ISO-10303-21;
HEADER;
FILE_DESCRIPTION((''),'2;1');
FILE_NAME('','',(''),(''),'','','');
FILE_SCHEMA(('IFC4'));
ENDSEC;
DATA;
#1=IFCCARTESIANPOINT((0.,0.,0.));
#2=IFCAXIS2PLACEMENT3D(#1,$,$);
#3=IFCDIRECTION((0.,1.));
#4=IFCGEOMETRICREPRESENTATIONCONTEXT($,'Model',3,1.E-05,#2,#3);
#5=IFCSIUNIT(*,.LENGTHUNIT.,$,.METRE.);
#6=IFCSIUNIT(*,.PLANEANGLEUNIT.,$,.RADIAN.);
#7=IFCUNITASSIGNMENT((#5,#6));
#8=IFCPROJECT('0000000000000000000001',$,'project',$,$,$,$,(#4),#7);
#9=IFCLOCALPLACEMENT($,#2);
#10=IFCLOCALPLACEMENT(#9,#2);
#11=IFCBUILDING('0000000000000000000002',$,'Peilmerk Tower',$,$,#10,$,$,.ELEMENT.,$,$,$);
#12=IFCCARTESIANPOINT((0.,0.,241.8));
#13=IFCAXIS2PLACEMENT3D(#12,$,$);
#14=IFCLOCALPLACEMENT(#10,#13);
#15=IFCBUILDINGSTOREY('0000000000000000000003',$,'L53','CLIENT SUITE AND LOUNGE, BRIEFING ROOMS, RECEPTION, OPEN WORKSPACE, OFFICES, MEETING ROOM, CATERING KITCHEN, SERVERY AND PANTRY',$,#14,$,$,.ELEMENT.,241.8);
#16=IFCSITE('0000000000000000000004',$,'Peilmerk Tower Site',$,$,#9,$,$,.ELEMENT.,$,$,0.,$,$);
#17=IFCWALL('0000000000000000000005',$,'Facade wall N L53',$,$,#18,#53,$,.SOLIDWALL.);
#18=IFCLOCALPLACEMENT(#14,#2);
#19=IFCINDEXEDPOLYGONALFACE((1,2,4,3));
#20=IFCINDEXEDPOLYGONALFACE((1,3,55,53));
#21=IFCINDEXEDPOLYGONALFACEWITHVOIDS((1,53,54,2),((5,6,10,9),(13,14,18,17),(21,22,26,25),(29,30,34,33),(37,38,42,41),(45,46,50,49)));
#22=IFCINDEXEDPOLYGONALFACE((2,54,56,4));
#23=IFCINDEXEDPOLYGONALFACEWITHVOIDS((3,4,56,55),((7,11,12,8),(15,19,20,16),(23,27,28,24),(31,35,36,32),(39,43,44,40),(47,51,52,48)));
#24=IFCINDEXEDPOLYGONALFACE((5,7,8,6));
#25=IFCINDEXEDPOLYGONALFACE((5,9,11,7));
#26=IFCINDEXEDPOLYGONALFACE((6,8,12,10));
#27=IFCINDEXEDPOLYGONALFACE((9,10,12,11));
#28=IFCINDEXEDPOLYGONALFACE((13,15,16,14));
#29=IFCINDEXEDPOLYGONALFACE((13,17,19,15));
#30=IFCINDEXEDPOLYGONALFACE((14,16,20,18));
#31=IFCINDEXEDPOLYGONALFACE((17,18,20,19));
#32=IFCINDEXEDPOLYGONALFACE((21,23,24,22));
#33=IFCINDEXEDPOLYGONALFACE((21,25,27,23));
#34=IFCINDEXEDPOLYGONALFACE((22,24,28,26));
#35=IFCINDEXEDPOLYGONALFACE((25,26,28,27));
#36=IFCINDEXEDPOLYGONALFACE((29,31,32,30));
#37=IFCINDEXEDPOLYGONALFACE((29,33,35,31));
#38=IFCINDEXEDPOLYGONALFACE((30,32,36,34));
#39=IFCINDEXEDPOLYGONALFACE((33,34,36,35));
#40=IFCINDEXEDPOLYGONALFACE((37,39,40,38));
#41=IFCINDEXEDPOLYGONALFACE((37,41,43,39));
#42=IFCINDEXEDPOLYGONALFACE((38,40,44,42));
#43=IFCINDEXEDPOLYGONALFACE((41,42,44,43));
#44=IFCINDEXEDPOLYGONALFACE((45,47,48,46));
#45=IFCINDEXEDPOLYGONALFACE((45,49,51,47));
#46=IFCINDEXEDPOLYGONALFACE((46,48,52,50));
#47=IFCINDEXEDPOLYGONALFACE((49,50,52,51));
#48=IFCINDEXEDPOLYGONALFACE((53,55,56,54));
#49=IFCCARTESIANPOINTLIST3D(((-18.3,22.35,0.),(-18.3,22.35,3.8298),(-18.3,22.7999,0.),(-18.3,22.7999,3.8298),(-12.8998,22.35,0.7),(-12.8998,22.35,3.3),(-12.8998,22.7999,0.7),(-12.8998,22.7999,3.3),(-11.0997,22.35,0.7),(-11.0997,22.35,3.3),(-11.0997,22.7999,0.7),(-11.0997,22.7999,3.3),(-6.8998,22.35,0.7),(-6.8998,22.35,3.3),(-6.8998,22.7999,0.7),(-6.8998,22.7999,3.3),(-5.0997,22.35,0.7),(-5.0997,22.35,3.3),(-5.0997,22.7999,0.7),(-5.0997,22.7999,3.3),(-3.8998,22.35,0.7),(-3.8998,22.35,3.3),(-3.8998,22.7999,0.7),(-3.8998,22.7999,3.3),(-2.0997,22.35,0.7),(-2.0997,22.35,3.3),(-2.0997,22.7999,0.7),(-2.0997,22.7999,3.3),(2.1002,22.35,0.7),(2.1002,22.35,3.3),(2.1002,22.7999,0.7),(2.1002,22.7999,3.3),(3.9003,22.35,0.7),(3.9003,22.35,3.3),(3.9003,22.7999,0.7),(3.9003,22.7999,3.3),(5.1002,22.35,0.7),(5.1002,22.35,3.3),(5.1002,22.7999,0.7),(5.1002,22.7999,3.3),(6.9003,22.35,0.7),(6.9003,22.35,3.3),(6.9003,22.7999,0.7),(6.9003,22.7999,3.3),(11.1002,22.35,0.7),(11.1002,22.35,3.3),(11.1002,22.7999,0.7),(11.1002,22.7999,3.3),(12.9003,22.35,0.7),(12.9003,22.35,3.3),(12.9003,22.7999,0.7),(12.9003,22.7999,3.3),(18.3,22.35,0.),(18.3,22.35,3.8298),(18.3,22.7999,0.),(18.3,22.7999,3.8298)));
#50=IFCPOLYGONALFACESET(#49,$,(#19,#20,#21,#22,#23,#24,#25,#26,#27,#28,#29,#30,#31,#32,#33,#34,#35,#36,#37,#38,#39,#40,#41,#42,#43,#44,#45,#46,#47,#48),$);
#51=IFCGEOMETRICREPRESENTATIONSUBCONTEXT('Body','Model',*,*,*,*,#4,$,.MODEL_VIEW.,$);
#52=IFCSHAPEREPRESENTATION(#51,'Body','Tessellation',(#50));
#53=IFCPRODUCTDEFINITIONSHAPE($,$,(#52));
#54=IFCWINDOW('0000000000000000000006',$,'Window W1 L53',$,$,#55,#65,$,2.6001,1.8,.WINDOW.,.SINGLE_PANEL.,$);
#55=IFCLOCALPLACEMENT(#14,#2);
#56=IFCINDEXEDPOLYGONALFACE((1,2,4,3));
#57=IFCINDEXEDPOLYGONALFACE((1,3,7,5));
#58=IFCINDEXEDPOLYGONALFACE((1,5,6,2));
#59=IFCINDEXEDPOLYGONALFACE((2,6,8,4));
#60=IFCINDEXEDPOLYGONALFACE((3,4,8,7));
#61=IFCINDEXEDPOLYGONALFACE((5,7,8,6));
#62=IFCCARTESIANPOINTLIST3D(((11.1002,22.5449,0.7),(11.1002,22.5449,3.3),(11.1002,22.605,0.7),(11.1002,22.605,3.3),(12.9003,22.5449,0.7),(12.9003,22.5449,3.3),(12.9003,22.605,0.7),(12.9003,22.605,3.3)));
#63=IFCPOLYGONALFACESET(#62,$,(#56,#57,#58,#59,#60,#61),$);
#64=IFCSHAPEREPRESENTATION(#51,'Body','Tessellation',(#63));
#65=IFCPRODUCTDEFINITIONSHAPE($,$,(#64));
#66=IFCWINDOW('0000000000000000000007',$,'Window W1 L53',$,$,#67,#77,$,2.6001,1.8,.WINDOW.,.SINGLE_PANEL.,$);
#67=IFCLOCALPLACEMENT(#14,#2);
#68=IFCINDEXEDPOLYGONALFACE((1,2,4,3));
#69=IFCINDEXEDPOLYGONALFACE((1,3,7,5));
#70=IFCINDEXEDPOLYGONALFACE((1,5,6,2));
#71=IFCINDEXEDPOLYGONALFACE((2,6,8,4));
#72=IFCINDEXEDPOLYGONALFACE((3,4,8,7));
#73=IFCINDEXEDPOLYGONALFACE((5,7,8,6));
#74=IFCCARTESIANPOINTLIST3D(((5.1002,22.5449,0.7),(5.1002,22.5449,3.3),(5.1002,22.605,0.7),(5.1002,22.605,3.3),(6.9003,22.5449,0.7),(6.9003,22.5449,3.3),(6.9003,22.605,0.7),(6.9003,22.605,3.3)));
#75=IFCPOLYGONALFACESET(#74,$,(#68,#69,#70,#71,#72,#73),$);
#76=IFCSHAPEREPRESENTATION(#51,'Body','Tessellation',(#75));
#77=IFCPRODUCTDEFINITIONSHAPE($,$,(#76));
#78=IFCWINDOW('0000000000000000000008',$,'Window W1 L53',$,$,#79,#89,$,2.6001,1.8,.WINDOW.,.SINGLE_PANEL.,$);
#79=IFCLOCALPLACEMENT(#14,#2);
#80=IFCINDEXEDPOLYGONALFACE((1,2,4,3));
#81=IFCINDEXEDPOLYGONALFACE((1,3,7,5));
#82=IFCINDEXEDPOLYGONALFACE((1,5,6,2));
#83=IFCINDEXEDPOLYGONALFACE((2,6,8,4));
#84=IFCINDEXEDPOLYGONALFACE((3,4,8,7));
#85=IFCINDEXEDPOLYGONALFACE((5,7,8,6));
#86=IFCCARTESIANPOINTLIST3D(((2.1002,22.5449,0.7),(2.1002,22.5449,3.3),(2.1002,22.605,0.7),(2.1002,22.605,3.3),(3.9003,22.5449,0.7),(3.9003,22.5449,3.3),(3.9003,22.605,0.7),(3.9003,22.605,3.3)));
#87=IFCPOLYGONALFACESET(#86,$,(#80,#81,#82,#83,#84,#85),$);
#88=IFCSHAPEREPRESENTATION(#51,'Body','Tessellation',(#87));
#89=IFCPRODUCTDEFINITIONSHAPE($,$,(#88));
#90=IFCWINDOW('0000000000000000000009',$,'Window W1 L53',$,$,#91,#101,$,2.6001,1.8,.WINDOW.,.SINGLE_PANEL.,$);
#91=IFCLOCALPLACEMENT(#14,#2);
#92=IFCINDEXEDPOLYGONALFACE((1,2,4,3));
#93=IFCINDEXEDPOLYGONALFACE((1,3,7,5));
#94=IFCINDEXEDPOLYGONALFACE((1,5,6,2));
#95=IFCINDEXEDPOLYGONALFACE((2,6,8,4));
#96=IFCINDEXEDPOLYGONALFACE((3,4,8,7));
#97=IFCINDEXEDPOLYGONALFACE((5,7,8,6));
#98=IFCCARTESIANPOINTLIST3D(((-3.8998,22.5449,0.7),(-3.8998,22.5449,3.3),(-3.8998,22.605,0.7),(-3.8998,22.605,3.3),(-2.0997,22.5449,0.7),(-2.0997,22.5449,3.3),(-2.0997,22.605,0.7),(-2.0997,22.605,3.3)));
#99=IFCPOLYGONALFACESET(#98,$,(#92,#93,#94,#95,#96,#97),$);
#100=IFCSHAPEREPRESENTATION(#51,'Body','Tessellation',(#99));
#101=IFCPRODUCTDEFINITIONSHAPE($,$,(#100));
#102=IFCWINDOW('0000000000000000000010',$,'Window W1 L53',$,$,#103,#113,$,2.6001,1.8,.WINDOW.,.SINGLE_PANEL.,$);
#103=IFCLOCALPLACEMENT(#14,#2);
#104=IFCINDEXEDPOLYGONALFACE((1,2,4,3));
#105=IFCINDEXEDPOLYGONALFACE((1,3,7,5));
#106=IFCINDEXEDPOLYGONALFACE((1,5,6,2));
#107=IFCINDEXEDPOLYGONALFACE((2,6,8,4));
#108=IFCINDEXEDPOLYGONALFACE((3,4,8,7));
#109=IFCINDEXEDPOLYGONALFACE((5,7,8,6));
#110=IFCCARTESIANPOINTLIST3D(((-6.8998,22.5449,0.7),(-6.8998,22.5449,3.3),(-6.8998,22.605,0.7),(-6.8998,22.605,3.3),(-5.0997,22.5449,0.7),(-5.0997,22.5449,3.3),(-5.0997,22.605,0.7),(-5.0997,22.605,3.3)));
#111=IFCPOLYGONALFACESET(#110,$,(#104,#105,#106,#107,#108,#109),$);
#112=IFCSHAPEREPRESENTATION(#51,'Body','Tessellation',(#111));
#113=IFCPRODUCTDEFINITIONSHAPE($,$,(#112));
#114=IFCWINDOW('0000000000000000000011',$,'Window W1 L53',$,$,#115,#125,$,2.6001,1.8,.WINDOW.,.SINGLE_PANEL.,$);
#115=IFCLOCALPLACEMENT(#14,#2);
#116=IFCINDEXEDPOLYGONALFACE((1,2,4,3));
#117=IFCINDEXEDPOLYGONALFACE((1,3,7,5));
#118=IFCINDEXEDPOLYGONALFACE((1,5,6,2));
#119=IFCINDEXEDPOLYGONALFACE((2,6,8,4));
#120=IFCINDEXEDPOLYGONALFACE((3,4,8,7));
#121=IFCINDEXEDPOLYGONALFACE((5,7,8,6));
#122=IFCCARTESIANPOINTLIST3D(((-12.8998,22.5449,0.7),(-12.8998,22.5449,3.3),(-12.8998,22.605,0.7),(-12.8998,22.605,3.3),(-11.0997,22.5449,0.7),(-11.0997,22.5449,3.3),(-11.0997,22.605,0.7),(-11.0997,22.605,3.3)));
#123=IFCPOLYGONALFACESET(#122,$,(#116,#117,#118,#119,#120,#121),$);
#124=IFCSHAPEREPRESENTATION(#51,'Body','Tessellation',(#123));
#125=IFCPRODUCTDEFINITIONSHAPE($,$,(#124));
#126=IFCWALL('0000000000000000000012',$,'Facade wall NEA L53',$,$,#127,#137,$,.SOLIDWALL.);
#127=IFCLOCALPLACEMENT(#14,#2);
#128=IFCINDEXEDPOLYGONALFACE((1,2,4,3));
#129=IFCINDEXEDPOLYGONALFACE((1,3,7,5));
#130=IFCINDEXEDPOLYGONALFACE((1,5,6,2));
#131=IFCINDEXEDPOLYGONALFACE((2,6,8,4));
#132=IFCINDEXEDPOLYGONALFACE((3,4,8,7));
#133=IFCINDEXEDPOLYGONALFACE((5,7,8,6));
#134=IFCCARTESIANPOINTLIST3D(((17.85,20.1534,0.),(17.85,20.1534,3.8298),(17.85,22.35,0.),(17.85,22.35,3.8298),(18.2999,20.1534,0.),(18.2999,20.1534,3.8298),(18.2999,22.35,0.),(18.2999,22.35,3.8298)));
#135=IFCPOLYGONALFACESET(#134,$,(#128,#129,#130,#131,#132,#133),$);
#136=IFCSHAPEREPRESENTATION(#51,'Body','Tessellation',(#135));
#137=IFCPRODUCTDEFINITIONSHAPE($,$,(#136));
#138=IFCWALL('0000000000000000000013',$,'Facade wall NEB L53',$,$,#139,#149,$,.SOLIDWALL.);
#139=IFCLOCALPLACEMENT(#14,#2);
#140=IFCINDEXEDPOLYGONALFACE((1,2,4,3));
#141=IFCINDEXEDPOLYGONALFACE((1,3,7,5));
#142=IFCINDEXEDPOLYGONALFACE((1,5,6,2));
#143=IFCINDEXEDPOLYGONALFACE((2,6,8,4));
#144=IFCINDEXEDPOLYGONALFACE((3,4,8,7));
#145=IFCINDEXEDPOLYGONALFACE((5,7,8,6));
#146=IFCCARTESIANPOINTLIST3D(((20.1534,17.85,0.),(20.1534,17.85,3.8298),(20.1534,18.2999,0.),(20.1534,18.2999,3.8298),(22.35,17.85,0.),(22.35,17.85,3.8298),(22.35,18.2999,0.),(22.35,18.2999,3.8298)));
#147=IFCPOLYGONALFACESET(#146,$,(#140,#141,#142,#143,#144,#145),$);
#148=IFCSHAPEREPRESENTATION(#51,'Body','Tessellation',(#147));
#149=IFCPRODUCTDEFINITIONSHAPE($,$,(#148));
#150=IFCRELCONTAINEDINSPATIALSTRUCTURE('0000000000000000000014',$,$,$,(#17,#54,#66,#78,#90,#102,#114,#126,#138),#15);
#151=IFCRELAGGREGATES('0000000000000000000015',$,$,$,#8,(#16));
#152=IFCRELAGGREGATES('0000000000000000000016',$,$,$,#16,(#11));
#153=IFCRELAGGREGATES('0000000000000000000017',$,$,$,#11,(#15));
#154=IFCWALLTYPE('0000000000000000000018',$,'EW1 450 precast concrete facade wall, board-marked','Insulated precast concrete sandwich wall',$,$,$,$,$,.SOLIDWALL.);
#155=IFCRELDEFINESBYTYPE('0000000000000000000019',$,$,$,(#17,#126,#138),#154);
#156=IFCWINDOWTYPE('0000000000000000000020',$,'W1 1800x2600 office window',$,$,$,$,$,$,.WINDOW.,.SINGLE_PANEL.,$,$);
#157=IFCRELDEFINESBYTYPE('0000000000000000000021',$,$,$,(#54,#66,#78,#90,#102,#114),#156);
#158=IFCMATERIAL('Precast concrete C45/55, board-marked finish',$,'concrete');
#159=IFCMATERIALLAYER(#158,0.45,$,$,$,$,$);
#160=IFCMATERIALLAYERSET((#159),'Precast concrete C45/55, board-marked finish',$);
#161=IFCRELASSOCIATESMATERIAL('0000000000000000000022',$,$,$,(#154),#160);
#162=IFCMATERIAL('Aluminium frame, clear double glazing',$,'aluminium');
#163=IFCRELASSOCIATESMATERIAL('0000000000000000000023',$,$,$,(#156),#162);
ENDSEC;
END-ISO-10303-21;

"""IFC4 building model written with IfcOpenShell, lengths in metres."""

from ifc_helpers import new_model, si_unit, direction, frame, frame_2d, origin, place, context, subcontext, project, spatial, rectangle, extrude, material, layer, layer_set, type_object, element, fill, save


model = new_model("IFC4")

# Units and contexts
model_context = context("Model", 3, precision=1e-05, world=origin(), true_north=direction((0.0, 1.0)))
body_context = subcontext(model_context, "Body", "Model", "MODEL_VIEW")
ifc_project = project(units=[si_unit("LENGTHUNIT", "METRE"), si_unit("PLANEANGLEUNIT", "RADIAN")], contexts=[model_context])

# Site, building, storey
site_placement = place(None, origin())
site = spatial("IfcSite", under=ifc_project, at=site_placement, Name="Peilmerk Tower Site", CompositionType="ELEMENT", RefElevation=0.0)
building_placement = place(site_placement, origin())
building = spatial("IfcBuilding", under=site, at=building_placement, Name="Peilmerk Tower", CompositionType="ELEMENT")
storey_placement = place(building_placement, frame((0.0, 0.0, 241.8)))
storey = spatial("IfcBuildingStorey", under=building, at=storey_placement, Name="L53", Description="CLIENT SUITE AND LOUNGE, BRIEFING ROOMS, RECEPTION, OPEN WORKSPACE, OFFICES, MEETING ROOM, CATERING KITCHEN, SERVERY AND PANTRY", CompositionType="ELEMENT", Elevation=241.8)

# Wall, openings, windows
ifc_material_1 = material(Name="Precast concrete C45/55, board-marked finish", Category="concrete")
ifc_layer_1 = layer(ifc_material_1, 0.45)
ifc_layer_set_1 = layer_set([ifc_layer_1], Name="Precast concrete C45/55, board-marked finish")
wall_type = type_object("IfcWallType", Name="EW1 450 precast concrete facade wall, board-marked", Description="Insulated precast concrete sandwich wall", PredefinedType="SOLIDWALL", material=ifc_layer_set_1)
wall_placement = place(storey_placement, frame((18.3, 22.575, 0.0), z_axis=(0.0, 0.0, 1.0), x_axis=(-1.0, 0.0, 0.0)))
wall = element("IfcWall", 1, at=wall_placement, inside=storey, type_object=wall_type, Name="Facade wall N L53", PredefinedType="SOLIDWALL", context=body_context, shape_type="SweptSolid", body=[
    extrude(rectangle(XDim=36.6001, YDim=0.45, at=frame_2d((18.3, 0.0))), origin(), (0.0, 0.0, 1.0), 3.8298),
])
opening_1_placement = place(wall_placement, frame((5.3999, 0.0, 0.7)))
opening_1 = element("IfcOpeningElement", 2, at=opening_1_placement, cuts=wall, PredefinedType="OPENING", context=body_context, shape_type="SweptSolid", body=[
    extrude(rectangle(XDim=1.8, YDim=2.6001, at=frame_2d((0.8999, 1.3))), frame((0.0, 0.2349, 0.0), z_axis=(0.0, -1.0, 0.0), x_axis=(1.0, 0.0, 0.0)), (0.0, 0.0, 1.0), 0.47),
])
opening_2_placement = place(wall_placement, frame((11.3999, 0.0, 0.7)))
opening_2 = element("IfcOpeningElement", 3, at=opening_2_placement, cuts=wall, PredefinedType="OPENING", context=body_context, shape_type="SweptSolid", body=[
    extrude(rectangle(XDim=1.8, YDim=2.6001, at=frame_2d((0.8999, 1.3))), frame((0.0, 0.2349, 0.0), z_axis=(0.0, -1.0, 0.0), x_axis=(1.0, 0.0, 0.0)), (0.0, 0.0, 1.0), 0.47),
])
opening_3_placement = place(wall_placement, frame((14.3999, 0.0, 0.7)))
opening_3 = element("IfcOpeningElement", 4, at=opening_3_placement, cuts=wall, PredefinedType="OPENING", context=body_context, shape_type="SweptSolid", body=[
    extrude(rectangle(XDim=1.8, YDim=2.6001, at=frame_2d((0.8999, 1.3))), frame((0.0, 0.2349, 0.0), z_axis=(0.0, -1.0, 0.0), x_axis=(1.0, 0.0, 0.0)), (0.0, 0.0, 1.0), 0.47),
])
opening_4_placement = place(wall_placement, frame((20.3999, 0.0, 0.7)))
opening_4 = element("IfcOpeningElement", 5, at=opening_4_placement, cuts=wall, PredefinedType="OPENING", context=body_context, shape_type="SweptSolid", body=[
    extrude(rectangle(XDim=1.8, YDim=2.6001, at=frame_2d((0.8999, 1.3))), frame((0.0, 0.2349, 0.0), z_axis=(0.0, -1.0, 0.0), x_axis=(1.0, 0.0, 0.0)), (0.0, 0.0, 1.0), 0.47),
])
opening_5_placement = place(wall_placement, frame((23.3999, 0.0, 0.7)))
opening_5 = element("IfcOpeningElement", 6, at=opening_5_placement, cuts=wall, PredefinedType="OPENING", context=body_context, shape_type="SweptSolid", body=[
    extrude(rectangle(XDim=1.8, YDim=2.6001, at=frame_2d((0.8999, 1.3))), frame((0.0, 0.2349, 0.0), z_axis=(0.0, -1.0, 0.0), x_axis=(1.0, 0.0, 0.0)), (0.0, 0.0, 1.0), 0.47),
])
opening_6_placement = place(wall_placement, frame((29.3999, 0.0, 0.7)))
opening_6 = element("IfcOpeningElement", 7, at=opening_6_placement, cuts=wall, PredefinedType="OPENING", context=body_context, shape_type="SweptSolid", body=[
    extrude(rectangle(XDim=1.8, YDim=2.6001, at=frame_2d((0.8999, 1.3))), frame((0.0, 0.2349, 0.0), z_axis=(0.0, -1.0, 0.0), x_axis=(1.0, 0.0, 0.0)), (0.0, 0.0, 1.0), 0.47),
])
ifc_material_2 = material(Name="Aluminium frame, clear double glazing", Category="aluminium")
window_type = type_object("IfcWindowType", Name="W1 1800x2600 office window", PartitioningType="SINGLE_PANEL", PredefinedType="WINDOW", material=ifc_material_2)
window_1_placement = place(opening_1_placement, origin())
window_1 = element("IfcWindow", 8, at=window_1_placement, inside=storey, type_object=window_type, Name="Window W1 L53", OverallHeight=2.6001, OverallWidth=1.8, PartitioningType="SINGLE_PANEL", PredefinedType="WINDOW", context=body_context, shape_type="SweptSolid", body=[
    extrude(rectangle(XDim=1.8, YDim=2.6001, at=frame_2d((0.8999, 1.3))), frame((0.0, 0.03, 0.0), z_axis=(0.0, -1.0, 0.0), x_axis=(1.0, 0.0, 0.0)), (0.0, 0.0, 1.0), 0.0601),
])
fill(opening_1, window_1)
window_2_placement = place(opening_2_placement, origin())
window_2 = element("IfcWindow", 9, at=window_2_placement, inside=storey, type_object=window_type, Name="Window W1 L53", OverallHeight=2.6001, OverallWidth=1.8, PartitioningType="SINGLE_PANEL", PredefinedType="WINDOW", context=body_context, shape_type="SweptSolid", body=[
    extrude(rectangle(XDim=1.8, YDim=2.6001, at=frame_2d((0.8999, 1.3))), frame((0.0, 0.03, 0.0), z_axis=(0.0, -1.0, 0.0), x_axis=(1.0, 0.0, 0.0)), (0.0, 0.0, 1.0), 0.0601),
])
fill(opening_2, window_2)
window_3_placement = place(opening_3_placement, origin())
window_3 = element("IfcWindow", 10, at=window_3_placement, inside=storey, type_object=window_type, Name="Window W1 L53", OverallHeight=2.6001, OverallWidth=1.8, PartitioningType="SINGLE_PANEL", PredefinedType="WINDOW", context=body_context, shape_type="SweptSolid", body=[
    extrude(rectangle(XDim=1.8, YDim=2.6001, at=frame_2d((0.8999, 1.3))), frame((0.0, 0.03, 0.0), z_axis=(0.0, -1.0, 0.0), x_axis=(1.0, 0.0, 0.0)), (0.0, 0.0, 1.0), 0.0601),
])
fill(opening_3, window_3)
window_4_placement = place(opening_4_placement, origin())
window_4 = element("IfcWindow", 11, at=window_4_placement, inside=storey, type_object=window_type, Name="Window W1 L53", OverallHeight=2.6001, OverallWidth=1.8, PartitioningType="SINGLE_PANEL", PredefinedType="WINDOW", context=body_context, shape_type="SweptSolid", body=[
    extrude(rectangle(XDim=1.8, YDim=2.6001, at=frame_2d((0.8999, 1.3))), frame((0.0, 0.03, 0.0), z_axis=(0.0, -1.0, 0.0), x_axis=(1.0, 0.0, 0.0)), (0.0, 0.0, 1.0), 0.0601),
])
fill(opening_4, window_4)
window_5_placement = place(opening_5_placement, origin())
window_5 = element("IfcWindow", 12, at=window_5_placement, inside=storey, type_object=window_type, Name="Window W1 L53", OverallHeight=2.6001, OverallWidth=1.8, PartitioningType="SINGLE_PANEL", PredefinedType="WINDOW", context=body_context, shape_type="SweptSolid", body=[
    extrude(rectangle(XDim=1.8, YDim=2.6001, at=frame_2d((0.8999, 1.3))), frame((0.0, 0.03, 0.0), z_axis=(0.0, -1.0, 0.0), x_axis=(1.0, 0.0, 0.0)), (0.0, 0.0, 1.0), 0.0601),
])
fill(opening_5, window_5)
window_6_placement = place(opening_6_placement, origin())
window_6 = element("IfcWindow", 13, at=window_6_placement, inside=storey, type_object=window_type, Name="Window W1 L53", OverallHeight=2.6001, OverallWidth=1.8, PartitioningType="SINGLE_PANEL", PredefinedType="WINDOW", context=body_context, shape_type="SweptSolid", body=[
    extrude(rectangle(XDim=1.8, YDim=2.6001, at=frame_2d((0.8999, 1.3))), frame((0.0, 0.03, 0.0), z_axis=(0.0, -1.0, 0.0), x_axis=(1.0, 0.0, 0.0)), (0.0, 0.0, 1.0), 0.0601),
])
fill(opening_6, window_6)

# Walls
for number, where, z_axis, x_axis, name in (
    (14, (18.075, 20.1536, 0.0), (0.0, 0.0, 1.0), (0.0, 1.0, 0.0), "Facade wall NEA L53"),
    (15, (20.1536, 18.075, 0.0), (0.0, 0.0, 1.0), (1.0, 0.0, 0.0), "Facade wall NEB L53"),
):
    element("IfcWall", number, at=place(storey_placement, frame(where, z_axis=z_axis, x_axis=x_axis)), inside=storey, type_object=wall_type, Name=name, PredefinedType="SOLIDWALL", context=body_context, shape_type="SweptSolid", body=[
        extrude(rectangle(XDim=2.1965, YDim=0.45, at=frame_2d((1.0981, 0.0))), origin(), (0.0, 0.0, 1.0), 3.8298),
    ])

save(model, "model.ifc")
